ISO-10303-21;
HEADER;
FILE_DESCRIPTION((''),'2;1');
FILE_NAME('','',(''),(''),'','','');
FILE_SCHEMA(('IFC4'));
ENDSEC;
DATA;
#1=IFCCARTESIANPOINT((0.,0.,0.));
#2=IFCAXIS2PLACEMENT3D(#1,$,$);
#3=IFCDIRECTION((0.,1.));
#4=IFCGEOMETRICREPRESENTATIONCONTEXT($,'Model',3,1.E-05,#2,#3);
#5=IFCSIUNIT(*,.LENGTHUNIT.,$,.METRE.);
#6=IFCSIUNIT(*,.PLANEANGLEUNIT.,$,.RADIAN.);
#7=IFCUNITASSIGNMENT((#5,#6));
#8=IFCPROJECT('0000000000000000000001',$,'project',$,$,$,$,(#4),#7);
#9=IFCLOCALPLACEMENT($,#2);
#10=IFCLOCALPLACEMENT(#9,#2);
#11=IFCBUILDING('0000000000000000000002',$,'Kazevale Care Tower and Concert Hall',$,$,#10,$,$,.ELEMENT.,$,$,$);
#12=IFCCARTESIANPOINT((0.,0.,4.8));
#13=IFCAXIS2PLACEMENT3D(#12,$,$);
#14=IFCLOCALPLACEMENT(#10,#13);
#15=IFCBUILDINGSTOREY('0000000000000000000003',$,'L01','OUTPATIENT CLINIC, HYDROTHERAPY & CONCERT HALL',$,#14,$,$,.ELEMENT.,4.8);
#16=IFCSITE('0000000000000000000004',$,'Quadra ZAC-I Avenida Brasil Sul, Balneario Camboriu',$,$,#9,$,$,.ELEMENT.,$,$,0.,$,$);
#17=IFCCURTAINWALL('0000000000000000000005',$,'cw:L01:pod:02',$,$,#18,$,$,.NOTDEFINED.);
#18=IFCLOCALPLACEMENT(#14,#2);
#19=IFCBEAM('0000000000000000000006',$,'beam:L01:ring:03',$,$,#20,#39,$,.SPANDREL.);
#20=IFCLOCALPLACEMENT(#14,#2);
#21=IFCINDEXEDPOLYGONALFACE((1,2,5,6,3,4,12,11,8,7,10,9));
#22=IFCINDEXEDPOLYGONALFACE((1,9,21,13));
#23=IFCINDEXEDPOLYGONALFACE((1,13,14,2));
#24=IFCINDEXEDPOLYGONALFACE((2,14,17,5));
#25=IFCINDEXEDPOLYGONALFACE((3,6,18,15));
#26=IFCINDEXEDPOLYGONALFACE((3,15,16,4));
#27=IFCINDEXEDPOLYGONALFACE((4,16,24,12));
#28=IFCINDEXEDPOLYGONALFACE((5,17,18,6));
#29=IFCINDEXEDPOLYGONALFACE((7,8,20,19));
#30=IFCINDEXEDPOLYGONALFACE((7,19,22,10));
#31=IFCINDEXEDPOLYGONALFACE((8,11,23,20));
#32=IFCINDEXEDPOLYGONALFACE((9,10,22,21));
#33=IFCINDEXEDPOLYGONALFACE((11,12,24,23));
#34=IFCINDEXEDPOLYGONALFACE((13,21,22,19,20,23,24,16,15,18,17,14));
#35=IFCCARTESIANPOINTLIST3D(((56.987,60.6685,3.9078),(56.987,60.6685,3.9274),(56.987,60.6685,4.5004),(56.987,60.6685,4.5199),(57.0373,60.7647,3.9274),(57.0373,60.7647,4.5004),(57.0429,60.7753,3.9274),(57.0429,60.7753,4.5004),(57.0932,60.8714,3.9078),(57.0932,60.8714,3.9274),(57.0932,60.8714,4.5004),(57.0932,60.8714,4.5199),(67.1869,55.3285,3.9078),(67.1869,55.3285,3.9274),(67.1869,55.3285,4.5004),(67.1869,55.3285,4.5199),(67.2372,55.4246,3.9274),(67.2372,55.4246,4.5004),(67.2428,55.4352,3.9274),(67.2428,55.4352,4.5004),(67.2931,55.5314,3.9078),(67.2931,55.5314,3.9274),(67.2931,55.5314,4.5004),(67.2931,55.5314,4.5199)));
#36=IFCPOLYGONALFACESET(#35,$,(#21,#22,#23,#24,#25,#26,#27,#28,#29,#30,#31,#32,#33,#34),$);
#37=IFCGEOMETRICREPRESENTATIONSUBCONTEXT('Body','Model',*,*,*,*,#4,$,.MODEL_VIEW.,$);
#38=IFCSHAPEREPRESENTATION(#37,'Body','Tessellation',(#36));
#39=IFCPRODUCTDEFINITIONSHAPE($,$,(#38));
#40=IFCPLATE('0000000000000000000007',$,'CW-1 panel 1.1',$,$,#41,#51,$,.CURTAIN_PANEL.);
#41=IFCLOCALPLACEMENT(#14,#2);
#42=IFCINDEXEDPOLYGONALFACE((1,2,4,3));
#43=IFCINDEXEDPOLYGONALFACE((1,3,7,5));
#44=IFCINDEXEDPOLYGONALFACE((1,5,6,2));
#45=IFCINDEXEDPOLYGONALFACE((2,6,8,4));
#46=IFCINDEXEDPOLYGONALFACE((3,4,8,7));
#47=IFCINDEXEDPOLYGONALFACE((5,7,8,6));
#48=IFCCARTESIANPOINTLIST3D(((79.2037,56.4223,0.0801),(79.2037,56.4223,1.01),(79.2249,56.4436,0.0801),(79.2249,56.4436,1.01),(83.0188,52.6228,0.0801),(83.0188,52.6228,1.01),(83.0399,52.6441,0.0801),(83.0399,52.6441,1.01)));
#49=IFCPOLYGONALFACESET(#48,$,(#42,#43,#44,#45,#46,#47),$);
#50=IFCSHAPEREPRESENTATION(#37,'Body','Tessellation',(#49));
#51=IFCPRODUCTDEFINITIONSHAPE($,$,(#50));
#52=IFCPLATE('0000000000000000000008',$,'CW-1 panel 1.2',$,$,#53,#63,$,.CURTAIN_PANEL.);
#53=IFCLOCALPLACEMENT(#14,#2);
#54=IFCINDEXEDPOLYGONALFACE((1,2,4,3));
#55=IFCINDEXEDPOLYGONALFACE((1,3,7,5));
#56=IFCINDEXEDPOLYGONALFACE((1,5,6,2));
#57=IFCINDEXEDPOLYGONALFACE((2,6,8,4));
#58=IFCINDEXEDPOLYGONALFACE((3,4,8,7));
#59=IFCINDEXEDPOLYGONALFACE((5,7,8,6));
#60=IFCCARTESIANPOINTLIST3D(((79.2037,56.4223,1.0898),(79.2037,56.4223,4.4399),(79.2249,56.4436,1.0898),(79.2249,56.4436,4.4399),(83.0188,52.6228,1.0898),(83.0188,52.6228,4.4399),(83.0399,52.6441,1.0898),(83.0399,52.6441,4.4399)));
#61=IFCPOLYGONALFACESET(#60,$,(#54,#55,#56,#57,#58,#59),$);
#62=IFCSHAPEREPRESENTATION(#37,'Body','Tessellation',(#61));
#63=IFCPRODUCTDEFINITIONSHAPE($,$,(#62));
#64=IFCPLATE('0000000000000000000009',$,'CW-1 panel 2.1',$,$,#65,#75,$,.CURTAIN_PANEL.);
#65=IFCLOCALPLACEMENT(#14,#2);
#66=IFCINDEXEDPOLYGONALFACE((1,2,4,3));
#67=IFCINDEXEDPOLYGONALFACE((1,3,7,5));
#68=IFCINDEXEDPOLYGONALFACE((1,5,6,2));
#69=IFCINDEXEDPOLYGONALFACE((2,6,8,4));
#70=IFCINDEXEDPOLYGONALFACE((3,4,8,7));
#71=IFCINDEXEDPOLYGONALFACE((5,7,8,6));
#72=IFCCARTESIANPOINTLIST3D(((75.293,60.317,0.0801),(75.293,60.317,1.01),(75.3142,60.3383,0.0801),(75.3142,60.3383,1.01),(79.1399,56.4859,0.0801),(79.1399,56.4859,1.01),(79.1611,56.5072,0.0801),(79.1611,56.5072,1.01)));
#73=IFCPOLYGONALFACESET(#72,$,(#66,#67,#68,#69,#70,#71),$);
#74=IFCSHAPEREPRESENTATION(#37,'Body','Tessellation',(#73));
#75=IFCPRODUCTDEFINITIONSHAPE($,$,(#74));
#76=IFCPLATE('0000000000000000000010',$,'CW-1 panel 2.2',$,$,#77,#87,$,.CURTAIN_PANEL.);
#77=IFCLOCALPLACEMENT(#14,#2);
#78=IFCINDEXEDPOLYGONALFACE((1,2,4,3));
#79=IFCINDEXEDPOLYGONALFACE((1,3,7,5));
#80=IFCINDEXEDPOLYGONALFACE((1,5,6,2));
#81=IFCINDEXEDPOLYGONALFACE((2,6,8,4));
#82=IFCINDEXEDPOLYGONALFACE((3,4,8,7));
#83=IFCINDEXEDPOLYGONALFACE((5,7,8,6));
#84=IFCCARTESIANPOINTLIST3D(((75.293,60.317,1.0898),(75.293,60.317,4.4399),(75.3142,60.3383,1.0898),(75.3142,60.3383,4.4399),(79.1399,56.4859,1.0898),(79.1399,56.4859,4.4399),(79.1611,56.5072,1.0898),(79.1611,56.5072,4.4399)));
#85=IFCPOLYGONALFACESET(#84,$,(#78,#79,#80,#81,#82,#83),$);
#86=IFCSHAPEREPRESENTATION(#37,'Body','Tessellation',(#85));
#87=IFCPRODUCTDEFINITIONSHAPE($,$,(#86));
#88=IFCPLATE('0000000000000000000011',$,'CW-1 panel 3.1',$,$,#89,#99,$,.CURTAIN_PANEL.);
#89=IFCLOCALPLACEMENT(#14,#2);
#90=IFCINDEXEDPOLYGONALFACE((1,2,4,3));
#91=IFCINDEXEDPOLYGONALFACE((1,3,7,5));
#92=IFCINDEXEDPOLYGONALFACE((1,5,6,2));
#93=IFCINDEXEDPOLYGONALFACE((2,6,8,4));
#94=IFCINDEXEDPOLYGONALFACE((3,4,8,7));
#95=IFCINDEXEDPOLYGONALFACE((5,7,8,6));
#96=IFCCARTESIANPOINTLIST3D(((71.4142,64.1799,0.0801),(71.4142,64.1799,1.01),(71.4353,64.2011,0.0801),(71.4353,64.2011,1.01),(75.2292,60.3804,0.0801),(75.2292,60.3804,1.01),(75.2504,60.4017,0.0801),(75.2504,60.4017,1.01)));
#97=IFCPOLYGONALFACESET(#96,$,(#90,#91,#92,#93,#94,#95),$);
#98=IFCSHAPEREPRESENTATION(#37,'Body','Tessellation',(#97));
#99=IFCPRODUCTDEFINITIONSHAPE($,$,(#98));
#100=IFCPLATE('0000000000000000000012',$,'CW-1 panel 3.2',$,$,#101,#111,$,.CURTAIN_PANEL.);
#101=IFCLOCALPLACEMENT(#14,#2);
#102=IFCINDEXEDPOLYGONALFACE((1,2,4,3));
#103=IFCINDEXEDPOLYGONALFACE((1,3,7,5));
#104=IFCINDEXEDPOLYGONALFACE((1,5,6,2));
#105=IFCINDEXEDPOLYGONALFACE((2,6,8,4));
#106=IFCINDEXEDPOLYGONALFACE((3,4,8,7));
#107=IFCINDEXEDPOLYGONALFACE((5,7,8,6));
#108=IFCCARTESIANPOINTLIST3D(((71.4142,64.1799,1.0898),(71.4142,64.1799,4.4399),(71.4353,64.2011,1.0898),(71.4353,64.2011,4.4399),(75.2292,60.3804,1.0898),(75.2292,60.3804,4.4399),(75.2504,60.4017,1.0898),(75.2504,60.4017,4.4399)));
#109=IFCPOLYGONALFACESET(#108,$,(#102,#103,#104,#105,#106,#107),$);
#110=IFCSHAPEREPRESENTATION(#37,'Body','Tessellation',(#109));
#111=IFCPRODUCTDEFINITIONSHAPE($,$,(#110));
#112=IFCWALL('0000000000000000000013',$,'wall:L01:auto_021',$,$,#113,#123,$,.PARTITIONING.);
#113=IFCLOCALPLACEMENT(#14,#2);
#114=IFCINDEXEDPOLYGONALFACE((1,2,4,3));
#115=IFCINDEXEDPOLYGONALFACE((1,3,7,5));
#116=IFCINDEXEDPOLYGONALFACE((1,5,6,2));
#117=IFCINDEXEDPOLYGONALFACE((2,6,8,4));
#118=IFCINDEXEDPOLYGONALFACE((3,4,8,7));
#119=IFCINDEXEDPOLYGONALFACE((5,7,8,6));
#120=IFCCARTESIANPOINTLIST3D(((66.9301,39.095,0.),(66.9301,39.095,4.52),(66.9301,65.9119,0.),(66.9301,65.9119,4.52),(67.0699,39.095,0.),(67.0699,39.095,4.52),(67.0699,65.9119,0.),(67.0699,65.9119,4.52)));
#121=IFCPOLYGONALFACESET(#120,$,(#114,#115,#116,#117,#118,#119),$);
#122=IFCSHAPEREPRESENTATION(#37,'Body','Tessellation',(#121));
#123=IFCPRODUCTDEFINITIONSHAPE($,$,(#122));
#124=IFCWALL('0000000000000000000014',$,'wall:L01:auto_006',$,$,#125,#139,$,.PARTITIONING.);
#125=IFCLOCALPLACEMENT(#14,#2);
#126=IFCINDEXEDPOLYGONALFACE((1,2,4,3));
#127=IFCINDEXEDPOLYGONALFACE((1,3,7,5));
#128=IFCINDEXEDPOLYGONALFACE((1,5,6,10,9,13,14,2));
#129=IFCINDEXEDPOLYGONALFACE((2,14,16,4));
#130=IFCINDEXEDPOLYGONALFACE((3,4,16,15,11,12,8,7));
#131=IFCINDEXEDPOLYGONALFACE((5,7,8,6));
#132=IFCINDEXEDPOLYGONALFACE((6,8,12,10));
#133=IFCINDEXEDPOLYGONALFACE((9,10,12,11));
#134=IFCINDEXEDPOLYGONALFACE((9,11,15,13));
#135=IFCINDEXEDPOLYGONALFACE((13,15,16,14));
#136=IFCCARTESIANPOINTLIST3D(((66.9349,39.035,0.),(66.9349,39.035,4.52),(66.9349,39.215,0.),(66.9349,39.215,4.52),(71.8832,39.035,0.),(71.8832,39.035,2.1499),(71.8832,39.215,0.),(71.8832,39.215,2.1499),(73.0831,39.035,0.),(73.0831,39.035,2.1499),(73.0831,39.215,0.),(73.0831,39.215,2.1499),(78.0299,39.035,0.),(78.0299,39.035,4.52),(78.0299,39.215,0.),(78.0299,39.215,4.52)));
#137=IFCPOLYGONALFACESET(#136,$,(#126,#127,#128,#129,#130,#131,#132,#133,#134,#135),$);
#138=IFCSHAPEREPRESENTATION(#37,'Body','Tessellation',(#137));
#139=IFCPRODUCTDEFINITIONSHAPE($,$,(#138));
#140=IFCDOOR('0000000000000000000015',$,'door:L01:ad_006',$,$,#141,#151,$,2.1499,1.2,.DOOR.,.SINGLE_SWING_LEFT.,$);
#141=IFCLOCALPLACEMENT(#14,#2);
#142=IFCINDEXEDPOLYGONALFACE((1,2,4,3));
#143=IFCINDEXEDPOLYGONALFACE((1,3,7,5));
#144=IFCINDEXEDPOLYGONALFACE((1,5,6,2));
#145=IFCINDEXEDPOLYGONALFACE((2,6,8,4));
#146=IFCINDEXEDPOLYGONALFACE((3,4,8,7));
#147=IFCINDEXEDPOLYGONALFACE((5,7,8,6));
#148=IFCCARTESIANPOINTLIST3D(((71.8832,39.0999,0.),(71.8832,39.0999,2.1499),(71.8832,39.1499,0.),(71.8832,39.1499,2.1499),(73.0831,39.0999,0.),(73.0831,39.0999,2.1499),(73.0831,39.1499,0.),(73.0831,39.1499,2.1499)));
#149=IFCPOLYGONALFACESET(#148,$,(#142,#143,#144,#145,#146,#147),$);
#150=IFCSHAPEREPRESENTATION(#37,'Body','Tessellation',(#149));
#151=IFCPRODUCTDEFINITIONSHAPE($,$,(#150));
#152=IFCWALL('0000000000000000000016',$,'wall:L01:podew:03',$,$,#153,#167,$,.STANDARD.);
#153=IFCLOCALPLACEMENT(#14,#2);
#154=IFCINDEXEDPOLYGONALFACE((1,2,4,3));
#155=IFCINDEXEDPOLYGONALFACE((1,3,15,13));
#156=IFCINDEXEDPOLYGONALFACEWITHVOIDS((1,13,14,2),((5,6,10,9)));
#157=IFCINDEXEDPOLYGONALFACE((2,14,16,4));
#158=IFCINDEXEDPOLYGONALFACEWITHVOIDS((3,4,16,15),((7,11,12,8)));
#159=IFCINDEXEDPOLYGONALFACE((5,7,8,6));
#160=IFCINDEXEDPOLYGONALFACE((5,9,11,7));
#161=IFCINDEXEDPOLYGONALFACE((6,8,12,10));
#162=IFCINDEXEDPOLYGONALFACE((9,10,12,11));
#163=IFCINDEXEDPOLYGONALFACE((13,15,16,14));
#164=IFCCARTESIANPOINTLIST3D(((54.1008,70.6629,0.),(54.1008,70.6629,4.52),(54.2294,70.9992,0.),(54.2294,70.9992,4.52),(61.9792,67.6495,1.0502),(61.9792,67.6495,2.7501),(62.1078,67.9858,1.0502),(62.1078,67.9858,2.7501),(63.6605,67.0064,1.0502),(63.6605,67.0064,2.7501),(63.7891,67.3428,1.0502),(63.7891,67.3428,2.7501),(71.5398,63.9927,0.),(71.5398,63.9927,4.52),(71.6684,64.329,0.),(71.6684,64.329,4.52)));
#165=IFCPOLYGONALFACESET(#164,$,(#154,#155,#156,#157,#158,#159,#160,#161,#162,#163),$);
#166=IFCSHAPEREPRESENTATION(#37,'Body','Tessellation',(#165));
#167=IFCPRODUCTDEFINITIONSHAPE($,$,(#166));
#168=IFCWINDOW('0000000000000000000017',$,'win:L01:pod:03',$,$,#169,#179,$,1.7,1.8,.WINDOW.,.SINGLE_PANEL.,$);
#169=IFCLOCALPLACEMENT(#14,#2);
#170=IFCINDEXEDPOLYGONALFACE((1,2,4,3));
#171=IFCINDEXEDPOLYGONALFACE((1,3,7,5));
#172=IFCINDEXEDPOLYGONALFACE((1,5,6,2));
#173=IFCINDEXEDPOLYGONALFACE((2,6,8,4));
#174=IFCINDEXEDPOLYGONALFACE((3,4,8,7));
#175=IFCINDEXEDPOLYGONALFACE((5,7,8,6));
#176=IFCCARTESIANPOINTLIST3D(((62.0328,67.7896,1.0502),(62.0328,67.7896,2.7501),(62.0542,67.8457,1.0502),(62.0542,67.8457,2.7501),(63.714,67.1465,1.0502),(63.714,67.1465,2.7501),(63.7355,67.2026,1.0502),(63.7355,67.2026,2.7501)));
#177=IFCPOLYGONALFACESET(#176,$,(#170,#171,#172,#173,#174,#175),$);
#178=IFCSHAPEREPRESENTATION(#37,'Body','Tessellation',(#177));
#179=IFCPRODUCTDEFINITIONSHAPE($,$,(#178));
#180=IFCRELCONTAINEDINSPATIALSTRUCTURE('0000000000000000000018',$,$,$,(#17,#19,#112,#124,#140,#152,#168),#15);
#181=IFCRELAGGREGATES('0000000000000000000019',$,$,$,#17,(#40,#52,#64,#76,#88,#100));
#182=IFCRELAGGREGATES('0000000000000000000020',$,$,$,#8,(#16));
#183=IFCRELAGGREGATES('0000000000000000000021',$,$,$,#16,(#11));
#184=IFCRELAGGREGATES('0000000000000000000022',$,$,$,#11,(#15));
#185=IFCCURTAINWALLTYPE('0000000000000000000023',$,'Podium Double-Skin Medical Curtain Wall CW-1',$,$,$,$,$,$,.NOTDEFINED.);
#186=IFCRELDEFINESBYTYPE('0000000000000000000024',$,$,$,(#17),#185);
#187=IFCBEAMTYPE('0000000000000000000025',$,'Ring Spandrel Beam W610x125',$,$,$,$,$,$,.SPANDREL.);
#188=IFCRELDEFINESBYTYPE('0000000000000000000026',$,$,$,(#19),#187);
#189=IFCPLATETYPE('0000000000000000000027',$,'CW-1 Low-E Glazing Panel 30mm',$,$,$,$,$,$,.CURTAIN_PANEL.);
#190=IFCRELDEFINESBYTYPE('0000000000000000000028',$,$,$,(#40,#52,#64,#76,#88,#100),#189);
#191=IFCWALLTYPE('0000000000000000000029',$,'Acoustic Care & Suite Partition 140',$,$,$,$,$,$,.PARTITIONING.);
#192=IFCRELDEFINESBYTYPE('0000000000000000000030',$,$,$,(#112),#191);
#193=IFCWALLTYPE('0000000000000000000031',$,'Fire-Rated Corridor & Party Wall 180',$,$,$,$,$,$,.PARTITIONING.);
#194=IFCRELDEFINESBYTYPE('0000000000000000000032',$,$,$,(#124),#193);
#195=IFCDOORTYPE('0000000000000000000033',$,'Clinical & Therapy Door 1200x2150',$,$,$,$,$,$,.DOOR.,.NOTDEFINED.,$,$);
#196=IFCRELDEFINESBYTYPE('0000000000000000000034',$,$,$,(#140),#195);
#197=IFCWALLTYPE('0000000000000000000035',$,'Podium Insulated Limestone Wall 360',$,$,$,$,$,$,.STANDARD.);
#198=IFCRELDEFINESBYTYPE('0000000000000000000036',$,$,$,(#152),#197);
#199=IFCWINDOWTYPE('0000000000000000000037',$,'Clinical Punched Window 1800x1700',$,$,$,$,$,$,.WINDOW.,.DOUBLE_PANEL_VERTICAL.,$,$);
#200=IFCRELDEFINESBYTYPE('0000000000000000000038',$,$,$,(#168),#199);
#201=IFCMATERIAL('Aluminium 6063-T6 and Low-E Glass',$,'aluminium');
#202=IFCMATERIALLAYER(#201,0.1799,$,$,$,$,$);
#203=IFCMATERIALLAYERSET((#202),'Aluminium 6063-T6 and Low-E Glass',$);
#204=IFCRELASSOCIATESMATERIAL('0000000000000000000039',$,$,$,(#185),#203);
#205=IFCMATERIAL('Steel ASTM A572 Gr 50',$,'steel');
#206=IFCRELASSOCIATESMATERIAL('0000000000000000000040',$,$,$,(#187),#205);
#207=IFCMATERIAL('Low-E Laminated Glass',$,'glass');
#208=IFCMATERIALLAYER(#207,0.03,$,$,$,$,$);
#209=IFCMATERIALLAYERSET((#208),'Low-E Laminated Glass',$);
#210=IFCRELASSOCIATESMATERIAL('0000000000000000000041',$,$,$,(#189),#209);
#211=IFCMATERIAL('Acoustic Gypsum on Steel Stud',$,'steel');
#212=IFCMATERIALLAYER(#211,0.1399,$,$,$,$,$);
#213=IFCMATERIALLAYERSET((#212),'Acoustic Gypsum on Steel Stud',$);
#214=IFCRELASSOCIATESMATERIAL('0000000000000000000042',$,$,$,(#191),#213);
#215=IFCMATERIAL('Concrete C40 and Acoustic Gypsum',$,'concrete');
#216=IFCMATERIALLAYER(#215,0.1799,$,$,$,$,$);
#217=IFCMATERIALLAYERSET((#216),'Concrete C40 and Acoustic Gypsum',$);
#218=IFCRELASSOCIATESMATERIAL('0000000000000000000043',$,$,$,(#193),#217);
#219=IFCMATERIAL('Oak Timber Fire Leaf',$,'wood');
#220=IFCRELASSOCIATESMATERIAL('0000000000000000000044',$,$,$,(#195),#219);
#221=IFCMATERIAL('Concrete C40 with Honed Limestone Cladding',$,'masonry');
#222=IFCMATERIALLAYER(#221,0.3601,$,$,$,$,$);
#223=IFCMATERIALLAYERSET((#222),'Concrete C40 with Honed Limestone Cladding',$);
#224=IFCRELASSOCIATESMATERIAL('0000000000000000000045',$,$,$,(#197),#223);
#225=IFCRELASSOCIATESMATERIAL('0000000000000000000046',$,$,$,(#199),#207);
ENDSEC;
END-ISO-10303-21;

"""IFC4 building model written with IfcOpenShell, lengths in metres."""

from ifc_helpers import new_model, si_unit, direction, frame, frame_2d, origin, origin_2d, place, context, subcontext, project, spatial, rectangle, i_section, extrude, material, layer, layer_set, material_profile, profile_set, type_object, element, fill, aggregate, save


model = new_model("IFC4")

# Units and contexts
model_context = context("Model", 3, precision=1e-05, world=origin(), true_north=direction((0.0, 1.0)))
body_context = subcontext(model_context, "Body", "Model", "MODEL_VIEW")
ifc_project = project(units=[si_unit("LENGTHUNIT", "METRE"), si_unit("PLANEANGLEUNIT", "RADIAN")], contexts=[model_context])

# Site, building, storey
site_placement = place(None, origin())
site = spatial("IfcSite", under=ifc_project, at=site_placement, Name="Quadra ZAC-I Avenida Brasil Sul, Balneario Camboriu", CompositionType="ELEMENT", RefElevation=0.0)
building_placement = place(site_placement, origin())
building = spatial("IfcBuilding", under=site, at=building_placement, Name="Kazevale Care Tower and Concert Hall", CompositionType="ELEMENT")
storey_placement = place(building_placement, frame((0.0, 0.0, 4.8)))
storey = spatial("IfcBuildingStorey", under=building, at=storey_placement, Name="L01", Description="OUTPATIENT CLINIC, HYDROTHERAPY & CONCERT HALL", CompositionType="ELEMENT", Elevation=4.8)

# Curtain wall
ifc_material_1 = material(Name="Aluminium 6063-T6 and Low-E Glass", Category="aluminium")
ifc_layer_1 = layer(ifc_material_1, 0.1799)
ifc_layer_set_1 = layer_set([ifc_layer_1], Name="Aluminium 6063-T6 and Low-E Glass")
curtain_wall_type = type_object("IfcCurtainWallType", Name="Podium Double-Skin Medical Curtain Wall CW-1", PredefinedType="NOTDEFINED", material=ifc_layer_set_1)
curtain_wall_placement = place(storey_placement, origin())
curtain_wall = element("IfcCurtainWall", 1, at=curtain_wall_placement, inside=storey, type_object=curtain_wall_type, Name="cw:L01:pod:02", PredefinedType="NOTDEFINED")

# Beam
ifc_material_2 = material(Name="Steel ASTM A572 Gr 50", Category="steel")
ifc_material_profile_1 = material_profile(ifc_material_2, i_section(OverallWidth=0.229, OverallDepth=0.6121, WebThickness=0.012, FlangeThickness=0.0195, at=origin_2d()), Name="W610x125")
ifc_profile_set_1 = profile_set([ifc_material_profile_1], Name="Steel ASTM A572 Gr 50")
beam_type_1 = type_object("IfcBeamType", Name="Ring Spandrel Beam W610x125", PredefinedType="SPANDREL", material=ifc_profile_set_1)
beam_1_placement = place(storey_placement, frame((67.24, 55.4299, 4.2139), z_axis=(-0.885929, 0.46382, 0.0), x_axis=(-0.46382, -0.885929, 0.0)))
element("IfcBeam", 2, at=beam_1_placement, inside=storey, type_object=beam_type_1, Name="beam:L01:ring:03", PredefinedType="SPANDREL", context=body_context, shape_type="SweptSolid", body=[
    extrude(i_section(OverallWidth=0.229, OverallDepth=0.6121, WebThickness=0.012, FlangeThickness=0.0195, at=origin_2d()), origin(), (0.0, 0.0, 1.0), 11.5132),
])

# Plates
ifc_material_3 = material(Name="Low-E Laminated Glass", Category="glass")
ifc_layer_2 = layer(ifc_material_3, 0.03)
ifc_layer_set_2 = layer_set([ifc_layer_2], Name="Low-E Laminated Glass")
plate_type = type_object("IfcPlateType", Name="CW-1 Low-E Glazing Panel 30mm", PredefinedType="CURTAIN_PANEL", material=ifc_layer_set_2)
plate_1_placement = place(storey_placement, frame((81.1218, 54.5332, 0.0801), z_axis=(0.0, 0.0, 1.0), x_axis=(-0.708555, 0.705656, 0.0)))
plate_1 = element("IfcPlate", 3, at=plate_1_placement, type_object=plate_type, Name="CW-1 panel 1.1", PredefinedType="CURTAIN_PANEL", context=body_context, shape_type="SweptSolid", body=[
    extrude(rectangle(XDim=5.3843, YDim=0.03, at=origin_2d()), origin(), (0.0, 0.0, 1.0), 0.9299),
])
plate_2_placement = place(storey_placement, frame((81.1218, 54.5332, 1.0898), z_axis=(0.0, 0.0, 1.0), x_axis=(-0.708555, 0.705656, 0.0)))
plate_2 = element("IfcPlate", 4, at=plate_2_placement, type_object=plate_type, Name="CW-1 panel 1.2", PredefinedType="CURTAIN_PANEL", context=body_context, shape_type="SweptSolid", body=[
    extrude(rectangle(XDim=5.3843, YDim=0.03, at=origin_2d()), origin(), (0.0, 0.0, 1.0), 3.3501),
])
plate_3_placement = place(storey_placement, frame((77.2271, 58.4121, 0.0801), z_axis=(0.0, 0.0, 1.0), x_axis=(-0.708555, 0.705656, 0.0)))
plate_3 = element("IfcPlate", 5, at=plate_3_placement, type_object=plate_type, Name="CW-1 panel 2.1", PredefinedType="CURTAIN_PANEL", context=body_context, shape_type="SweptSolid", body=[
    extrude(rectangle(XDim=5.4292, YDim=0.03, at=origin_2d()), origin(), (0.0, 0.0, 1.0), 0.9299),
])
plate_4_placement = place(storey_placement, frame((77.2271, 58.4121, 1.0898), z_axis=(0.0, 0.0, 1.0), x_axis=(-0.708555, 0.705656, 0.0)))
plate_4 = element("IfcPlate", 6, at=plate_4_placement, type_object=plate_type, Name="CW-1 panel 2.2", PredefinedType="CURTAIN_PANEL", context=body_context, shape_type="SweptSolid", body=[
    extrude(rectangle(XDim=5.4292, YDim=0.03, at=origin_2d()), origin(), (0.0, 0.0, 1.0), 3.3501),
])
plate_5_placement = place(storey_placement, frame((73.3323, 62.2908, 0.0801), z_axis=(0.0, 0.0, 1.0), x_axis=(-0.708555, 0.705656, 0.0)))
plate_5 = element("IfcPlate", 7, at=plate_5_placement, type_object=plate_type, Name="CW-1 panel 3.1", PredefinedType="CURTAIN_PANEL", context=body_context, shape_type="SweptSolid", body=[
    extrude(rectangle(XDim=5.3843, YDim=0.03, at=origin_2d()), origin(), (0.0, 0.0, 1.0), 0.9299),
])
plate_6_placement = place(storey_placement, frame((73.3323, 62.2908, 1.0898), z_axis=(0.0, 0.0, 1.0), x_axis=(-0.708555, 0.705656, 0.0)))
plate_6 = element("IfcPlate", 8, at=plate_6_placement, type_object=plate_type, Name="CW-1 panel 3.2", PredefinedType="CURTAIN_PANEL", context=body_context, shape_type="SweptSolid", body=[
    extrude(rectangle(XDim=5.3843, YDim=0.03, at=origin_2d()), origin(), (0.0, 0.0, 1.0), 3.3501),
])
aggregate(curtain_wall, [plate_1, plate_2, plate_3, plate_4, plate_5, plate_6])

# Wall
ifc_material_4 = material(Name="Acoustic Gypsum on Steel Stud", Category="steel")
ifc_layer_3 = layer(ifc_material_4, 0.1399)
ifc_layer_set_3 = layer_set([ifc_layer_3], Name="Acoustic Gypsum on Steel Stud")
wall_type_1 = type_object("IfcWallType", Name="Acoustic Care & Suite Partition 140", PredefinedType="PARTITIONING", material=ifc_layer_set_3)
wall_1_placement = place(storey_placement, frame((67.0, 65.9119, 0.0), z_axis=(0.0, 0.0, 1.0), x_axis=(0.0, -1.0, 0.0)))
element("IfcWall", 9, at=wall_1_placement, inside=storey, type_object=wall_type_1, Name="wall:L01:auto_021", PredefinedType="PARTITIONING", context=body_context, shape_type="SweptSolid", body=[
    extrude(rectangle(XDim=26.8169, YDim=0.1399, at=frame_2d((13.4084, 0.0))), origin(), (0.0, 0.0, 1.0), 4.52),
])

# Wall, opening, door
ifc_material_5 = material(Name="Concrete C40 and Acoustic Gypsum", Category="concrete")
ifc_layer_4 = layer(ifc_material_5, 0.1799)
ifc_layer_set_4 = layer_set([ifc_layer_4], Name="Concrete C40 and Acoustic Gypsum")
wall_type_2 = type_object("IfcWallType", Name="Fire-Rated Corridor & Party Wall 180", PredefinedType="PARTITIONING", material=ifc_layer_set_4)
wall_2_placement = place(storey_placement, frame((66.9351, 39.125, 0.0), z_axis=(0.0, 0.0, 1.0), x_axis=(1.0, 0.0, 0.0)))
wall_2 = element("IfcWall", 10, at=wall_2_placement, inside=storey, type_object=wall_type_2, Name="wall:L01:auto_006", PredefinedType="PARTITIONING", context=body_context, shape_type="SweptSolid", body=[
    extrude(rectangle(XDim=11.095, YDim=0.1799, at=frame_2d((5.5474, 0.0))), origin(), (0.0, 0.0, 1.0), 4.52),
])
opening_1_placement = place(wall_2_placement, frame((4.948, 0.0, 0.0)))
opening_1 = element("IfcOpeningElement", 11, at=opening_1_placement, cuts=wall_2, PredefinedType="OPENING", context=body_context, shape_type="SweptSolid", body=[
    extrude(rectangle(XDim=1.2, YDim=2.1499, at=frame_2d((0.6001, 1.075))), frame((0.0, 0.0999, 0.0), z_axis=(0.0, -1.0, 0.0), x_axis=(1.0, 0.0, 0.0)), (0.0, 0.0, 1.0), 0.2),
])
ifc_material_6 = material(Name="Oak Timber Fire Leaf", Category="wood")
door_type = type_object("IfcDoorType", Name="Clinical & Therapy Door 1200x2150", OperationType="NOTDEFINED", PredefinedType="DOOR", material=ifc_material_6)
door_placement = place(opening_1_placement, origin())
door = element("IfcDoor", 12, at=door_placement, inside=storey, type_object=door_type, Name="door:L01:ad_006", OperationType="SINGLE_SWING_LEFT", OverallHeight=2.1499, OverallWidth=1.2, PredefinedType="DOOR", context=body_context, shape_type="SweptSolid", body=[
    extrude(rectangle(XDim=1.2, YDim=2.1499, at=frame_2d((0.6001, 1.075))), frame((0.0, 0.0249, 0.0), z_axis=(0.0, -1.0, 0.0), x_axis=(1.0, 0.0, 0.0)), (0.0, 0.0, 1.0), 0.05),
])
fill(opening_1, door)

# Wall, opening, window
ifc_material_7 = material(Name="Concrete C40 with Honed Limestone Cladding", Category="masonry")
ifc_layer_5 = layer(ifc_material_7, 0.3601)
ifc_layer_set_5 = layer_set([ifc_layer_5], Name="Concrete C40 with Honed Limestone Cladding")
wall_type_3 = type_object("IfcWallType", Name="Podium Insulated Limestone Wall 360", PredefinedType="STANDARD", material=ifc_layer_set_5)
wall_3_placement = place(storey_placement, frame((71.604, 64.1609, 0.0), z_axis=(0.0, 0.0, 1.0), x_axis=(-0.93401, 0.357246, 0.0)))
wall_3 = element("IfcWall", 13, at=wall_3_placement, inside=storey, type_object=wall_type_3, Name="wall:L01:podew:03", PredefinedType="STANDARD", context=body_context, shape_type="SweptSolid", body=[
    extrude(rectangle(XDim=18.6711, YDim=0.3601, at=frame_2d((9.3354, 0.0))), origin(), (0.0, 0.0, 1.0), 4.52),
])
opening_2_placement = place(wall_3_placement, frame((8.436, 0.0, 1.05)))
opening_2 = element("IfcOpeningElement", 14, at=opening_2_placement, cuts=wall_3, PredefinedType="OPENING", context=body_context, shape_type="SweptSolid", body=[
    extrude(rectangle(XDim=1.8, YDim=1.7, at=frame_2d((0.8999, 0.8501))), frame((0.0, 0.1899, 0.0), z_axis=(0.0, -1.0, 0.0), x_axis=(1.0, 0.0, 0.0)), (0.0, 0.0, 1.0), 0.3801),
])
window_type = type_object("IfcWindowType", Name="Clinical Punched Window 1800x1700", PartitioningType="DOUBLE_PANEL_VERTICAL", PredefinedType="WINDOW", material=ifc_material_3)
window_placement = place(opening_2_placement, origin())
window = element("IfcWindow", 15, at=window_placement, inside=storey, type_object=window_type, Name="win:L01:pod:03", OverallHeight=1.7, OverallWidth=1.8, PartitioningType="SINGLE_PANEL", PredefinedType="WINDOW", context=body_context, shape_type="SweptSolid", body=[
    extrude(rectangle(XDim=1.8, YDim=1.7, at=frame_2d((0.8999, 0.8501))), frame((0.0, 0.03, 0.0), z_axis=(0.0, -1.0, 0.0), x_axis=(1.0, 0.0, 0.0)), (0.0, 0.0, 1.0), 0.0601),
])
fill(opening_2, window)

save(model, "model.ifc")
